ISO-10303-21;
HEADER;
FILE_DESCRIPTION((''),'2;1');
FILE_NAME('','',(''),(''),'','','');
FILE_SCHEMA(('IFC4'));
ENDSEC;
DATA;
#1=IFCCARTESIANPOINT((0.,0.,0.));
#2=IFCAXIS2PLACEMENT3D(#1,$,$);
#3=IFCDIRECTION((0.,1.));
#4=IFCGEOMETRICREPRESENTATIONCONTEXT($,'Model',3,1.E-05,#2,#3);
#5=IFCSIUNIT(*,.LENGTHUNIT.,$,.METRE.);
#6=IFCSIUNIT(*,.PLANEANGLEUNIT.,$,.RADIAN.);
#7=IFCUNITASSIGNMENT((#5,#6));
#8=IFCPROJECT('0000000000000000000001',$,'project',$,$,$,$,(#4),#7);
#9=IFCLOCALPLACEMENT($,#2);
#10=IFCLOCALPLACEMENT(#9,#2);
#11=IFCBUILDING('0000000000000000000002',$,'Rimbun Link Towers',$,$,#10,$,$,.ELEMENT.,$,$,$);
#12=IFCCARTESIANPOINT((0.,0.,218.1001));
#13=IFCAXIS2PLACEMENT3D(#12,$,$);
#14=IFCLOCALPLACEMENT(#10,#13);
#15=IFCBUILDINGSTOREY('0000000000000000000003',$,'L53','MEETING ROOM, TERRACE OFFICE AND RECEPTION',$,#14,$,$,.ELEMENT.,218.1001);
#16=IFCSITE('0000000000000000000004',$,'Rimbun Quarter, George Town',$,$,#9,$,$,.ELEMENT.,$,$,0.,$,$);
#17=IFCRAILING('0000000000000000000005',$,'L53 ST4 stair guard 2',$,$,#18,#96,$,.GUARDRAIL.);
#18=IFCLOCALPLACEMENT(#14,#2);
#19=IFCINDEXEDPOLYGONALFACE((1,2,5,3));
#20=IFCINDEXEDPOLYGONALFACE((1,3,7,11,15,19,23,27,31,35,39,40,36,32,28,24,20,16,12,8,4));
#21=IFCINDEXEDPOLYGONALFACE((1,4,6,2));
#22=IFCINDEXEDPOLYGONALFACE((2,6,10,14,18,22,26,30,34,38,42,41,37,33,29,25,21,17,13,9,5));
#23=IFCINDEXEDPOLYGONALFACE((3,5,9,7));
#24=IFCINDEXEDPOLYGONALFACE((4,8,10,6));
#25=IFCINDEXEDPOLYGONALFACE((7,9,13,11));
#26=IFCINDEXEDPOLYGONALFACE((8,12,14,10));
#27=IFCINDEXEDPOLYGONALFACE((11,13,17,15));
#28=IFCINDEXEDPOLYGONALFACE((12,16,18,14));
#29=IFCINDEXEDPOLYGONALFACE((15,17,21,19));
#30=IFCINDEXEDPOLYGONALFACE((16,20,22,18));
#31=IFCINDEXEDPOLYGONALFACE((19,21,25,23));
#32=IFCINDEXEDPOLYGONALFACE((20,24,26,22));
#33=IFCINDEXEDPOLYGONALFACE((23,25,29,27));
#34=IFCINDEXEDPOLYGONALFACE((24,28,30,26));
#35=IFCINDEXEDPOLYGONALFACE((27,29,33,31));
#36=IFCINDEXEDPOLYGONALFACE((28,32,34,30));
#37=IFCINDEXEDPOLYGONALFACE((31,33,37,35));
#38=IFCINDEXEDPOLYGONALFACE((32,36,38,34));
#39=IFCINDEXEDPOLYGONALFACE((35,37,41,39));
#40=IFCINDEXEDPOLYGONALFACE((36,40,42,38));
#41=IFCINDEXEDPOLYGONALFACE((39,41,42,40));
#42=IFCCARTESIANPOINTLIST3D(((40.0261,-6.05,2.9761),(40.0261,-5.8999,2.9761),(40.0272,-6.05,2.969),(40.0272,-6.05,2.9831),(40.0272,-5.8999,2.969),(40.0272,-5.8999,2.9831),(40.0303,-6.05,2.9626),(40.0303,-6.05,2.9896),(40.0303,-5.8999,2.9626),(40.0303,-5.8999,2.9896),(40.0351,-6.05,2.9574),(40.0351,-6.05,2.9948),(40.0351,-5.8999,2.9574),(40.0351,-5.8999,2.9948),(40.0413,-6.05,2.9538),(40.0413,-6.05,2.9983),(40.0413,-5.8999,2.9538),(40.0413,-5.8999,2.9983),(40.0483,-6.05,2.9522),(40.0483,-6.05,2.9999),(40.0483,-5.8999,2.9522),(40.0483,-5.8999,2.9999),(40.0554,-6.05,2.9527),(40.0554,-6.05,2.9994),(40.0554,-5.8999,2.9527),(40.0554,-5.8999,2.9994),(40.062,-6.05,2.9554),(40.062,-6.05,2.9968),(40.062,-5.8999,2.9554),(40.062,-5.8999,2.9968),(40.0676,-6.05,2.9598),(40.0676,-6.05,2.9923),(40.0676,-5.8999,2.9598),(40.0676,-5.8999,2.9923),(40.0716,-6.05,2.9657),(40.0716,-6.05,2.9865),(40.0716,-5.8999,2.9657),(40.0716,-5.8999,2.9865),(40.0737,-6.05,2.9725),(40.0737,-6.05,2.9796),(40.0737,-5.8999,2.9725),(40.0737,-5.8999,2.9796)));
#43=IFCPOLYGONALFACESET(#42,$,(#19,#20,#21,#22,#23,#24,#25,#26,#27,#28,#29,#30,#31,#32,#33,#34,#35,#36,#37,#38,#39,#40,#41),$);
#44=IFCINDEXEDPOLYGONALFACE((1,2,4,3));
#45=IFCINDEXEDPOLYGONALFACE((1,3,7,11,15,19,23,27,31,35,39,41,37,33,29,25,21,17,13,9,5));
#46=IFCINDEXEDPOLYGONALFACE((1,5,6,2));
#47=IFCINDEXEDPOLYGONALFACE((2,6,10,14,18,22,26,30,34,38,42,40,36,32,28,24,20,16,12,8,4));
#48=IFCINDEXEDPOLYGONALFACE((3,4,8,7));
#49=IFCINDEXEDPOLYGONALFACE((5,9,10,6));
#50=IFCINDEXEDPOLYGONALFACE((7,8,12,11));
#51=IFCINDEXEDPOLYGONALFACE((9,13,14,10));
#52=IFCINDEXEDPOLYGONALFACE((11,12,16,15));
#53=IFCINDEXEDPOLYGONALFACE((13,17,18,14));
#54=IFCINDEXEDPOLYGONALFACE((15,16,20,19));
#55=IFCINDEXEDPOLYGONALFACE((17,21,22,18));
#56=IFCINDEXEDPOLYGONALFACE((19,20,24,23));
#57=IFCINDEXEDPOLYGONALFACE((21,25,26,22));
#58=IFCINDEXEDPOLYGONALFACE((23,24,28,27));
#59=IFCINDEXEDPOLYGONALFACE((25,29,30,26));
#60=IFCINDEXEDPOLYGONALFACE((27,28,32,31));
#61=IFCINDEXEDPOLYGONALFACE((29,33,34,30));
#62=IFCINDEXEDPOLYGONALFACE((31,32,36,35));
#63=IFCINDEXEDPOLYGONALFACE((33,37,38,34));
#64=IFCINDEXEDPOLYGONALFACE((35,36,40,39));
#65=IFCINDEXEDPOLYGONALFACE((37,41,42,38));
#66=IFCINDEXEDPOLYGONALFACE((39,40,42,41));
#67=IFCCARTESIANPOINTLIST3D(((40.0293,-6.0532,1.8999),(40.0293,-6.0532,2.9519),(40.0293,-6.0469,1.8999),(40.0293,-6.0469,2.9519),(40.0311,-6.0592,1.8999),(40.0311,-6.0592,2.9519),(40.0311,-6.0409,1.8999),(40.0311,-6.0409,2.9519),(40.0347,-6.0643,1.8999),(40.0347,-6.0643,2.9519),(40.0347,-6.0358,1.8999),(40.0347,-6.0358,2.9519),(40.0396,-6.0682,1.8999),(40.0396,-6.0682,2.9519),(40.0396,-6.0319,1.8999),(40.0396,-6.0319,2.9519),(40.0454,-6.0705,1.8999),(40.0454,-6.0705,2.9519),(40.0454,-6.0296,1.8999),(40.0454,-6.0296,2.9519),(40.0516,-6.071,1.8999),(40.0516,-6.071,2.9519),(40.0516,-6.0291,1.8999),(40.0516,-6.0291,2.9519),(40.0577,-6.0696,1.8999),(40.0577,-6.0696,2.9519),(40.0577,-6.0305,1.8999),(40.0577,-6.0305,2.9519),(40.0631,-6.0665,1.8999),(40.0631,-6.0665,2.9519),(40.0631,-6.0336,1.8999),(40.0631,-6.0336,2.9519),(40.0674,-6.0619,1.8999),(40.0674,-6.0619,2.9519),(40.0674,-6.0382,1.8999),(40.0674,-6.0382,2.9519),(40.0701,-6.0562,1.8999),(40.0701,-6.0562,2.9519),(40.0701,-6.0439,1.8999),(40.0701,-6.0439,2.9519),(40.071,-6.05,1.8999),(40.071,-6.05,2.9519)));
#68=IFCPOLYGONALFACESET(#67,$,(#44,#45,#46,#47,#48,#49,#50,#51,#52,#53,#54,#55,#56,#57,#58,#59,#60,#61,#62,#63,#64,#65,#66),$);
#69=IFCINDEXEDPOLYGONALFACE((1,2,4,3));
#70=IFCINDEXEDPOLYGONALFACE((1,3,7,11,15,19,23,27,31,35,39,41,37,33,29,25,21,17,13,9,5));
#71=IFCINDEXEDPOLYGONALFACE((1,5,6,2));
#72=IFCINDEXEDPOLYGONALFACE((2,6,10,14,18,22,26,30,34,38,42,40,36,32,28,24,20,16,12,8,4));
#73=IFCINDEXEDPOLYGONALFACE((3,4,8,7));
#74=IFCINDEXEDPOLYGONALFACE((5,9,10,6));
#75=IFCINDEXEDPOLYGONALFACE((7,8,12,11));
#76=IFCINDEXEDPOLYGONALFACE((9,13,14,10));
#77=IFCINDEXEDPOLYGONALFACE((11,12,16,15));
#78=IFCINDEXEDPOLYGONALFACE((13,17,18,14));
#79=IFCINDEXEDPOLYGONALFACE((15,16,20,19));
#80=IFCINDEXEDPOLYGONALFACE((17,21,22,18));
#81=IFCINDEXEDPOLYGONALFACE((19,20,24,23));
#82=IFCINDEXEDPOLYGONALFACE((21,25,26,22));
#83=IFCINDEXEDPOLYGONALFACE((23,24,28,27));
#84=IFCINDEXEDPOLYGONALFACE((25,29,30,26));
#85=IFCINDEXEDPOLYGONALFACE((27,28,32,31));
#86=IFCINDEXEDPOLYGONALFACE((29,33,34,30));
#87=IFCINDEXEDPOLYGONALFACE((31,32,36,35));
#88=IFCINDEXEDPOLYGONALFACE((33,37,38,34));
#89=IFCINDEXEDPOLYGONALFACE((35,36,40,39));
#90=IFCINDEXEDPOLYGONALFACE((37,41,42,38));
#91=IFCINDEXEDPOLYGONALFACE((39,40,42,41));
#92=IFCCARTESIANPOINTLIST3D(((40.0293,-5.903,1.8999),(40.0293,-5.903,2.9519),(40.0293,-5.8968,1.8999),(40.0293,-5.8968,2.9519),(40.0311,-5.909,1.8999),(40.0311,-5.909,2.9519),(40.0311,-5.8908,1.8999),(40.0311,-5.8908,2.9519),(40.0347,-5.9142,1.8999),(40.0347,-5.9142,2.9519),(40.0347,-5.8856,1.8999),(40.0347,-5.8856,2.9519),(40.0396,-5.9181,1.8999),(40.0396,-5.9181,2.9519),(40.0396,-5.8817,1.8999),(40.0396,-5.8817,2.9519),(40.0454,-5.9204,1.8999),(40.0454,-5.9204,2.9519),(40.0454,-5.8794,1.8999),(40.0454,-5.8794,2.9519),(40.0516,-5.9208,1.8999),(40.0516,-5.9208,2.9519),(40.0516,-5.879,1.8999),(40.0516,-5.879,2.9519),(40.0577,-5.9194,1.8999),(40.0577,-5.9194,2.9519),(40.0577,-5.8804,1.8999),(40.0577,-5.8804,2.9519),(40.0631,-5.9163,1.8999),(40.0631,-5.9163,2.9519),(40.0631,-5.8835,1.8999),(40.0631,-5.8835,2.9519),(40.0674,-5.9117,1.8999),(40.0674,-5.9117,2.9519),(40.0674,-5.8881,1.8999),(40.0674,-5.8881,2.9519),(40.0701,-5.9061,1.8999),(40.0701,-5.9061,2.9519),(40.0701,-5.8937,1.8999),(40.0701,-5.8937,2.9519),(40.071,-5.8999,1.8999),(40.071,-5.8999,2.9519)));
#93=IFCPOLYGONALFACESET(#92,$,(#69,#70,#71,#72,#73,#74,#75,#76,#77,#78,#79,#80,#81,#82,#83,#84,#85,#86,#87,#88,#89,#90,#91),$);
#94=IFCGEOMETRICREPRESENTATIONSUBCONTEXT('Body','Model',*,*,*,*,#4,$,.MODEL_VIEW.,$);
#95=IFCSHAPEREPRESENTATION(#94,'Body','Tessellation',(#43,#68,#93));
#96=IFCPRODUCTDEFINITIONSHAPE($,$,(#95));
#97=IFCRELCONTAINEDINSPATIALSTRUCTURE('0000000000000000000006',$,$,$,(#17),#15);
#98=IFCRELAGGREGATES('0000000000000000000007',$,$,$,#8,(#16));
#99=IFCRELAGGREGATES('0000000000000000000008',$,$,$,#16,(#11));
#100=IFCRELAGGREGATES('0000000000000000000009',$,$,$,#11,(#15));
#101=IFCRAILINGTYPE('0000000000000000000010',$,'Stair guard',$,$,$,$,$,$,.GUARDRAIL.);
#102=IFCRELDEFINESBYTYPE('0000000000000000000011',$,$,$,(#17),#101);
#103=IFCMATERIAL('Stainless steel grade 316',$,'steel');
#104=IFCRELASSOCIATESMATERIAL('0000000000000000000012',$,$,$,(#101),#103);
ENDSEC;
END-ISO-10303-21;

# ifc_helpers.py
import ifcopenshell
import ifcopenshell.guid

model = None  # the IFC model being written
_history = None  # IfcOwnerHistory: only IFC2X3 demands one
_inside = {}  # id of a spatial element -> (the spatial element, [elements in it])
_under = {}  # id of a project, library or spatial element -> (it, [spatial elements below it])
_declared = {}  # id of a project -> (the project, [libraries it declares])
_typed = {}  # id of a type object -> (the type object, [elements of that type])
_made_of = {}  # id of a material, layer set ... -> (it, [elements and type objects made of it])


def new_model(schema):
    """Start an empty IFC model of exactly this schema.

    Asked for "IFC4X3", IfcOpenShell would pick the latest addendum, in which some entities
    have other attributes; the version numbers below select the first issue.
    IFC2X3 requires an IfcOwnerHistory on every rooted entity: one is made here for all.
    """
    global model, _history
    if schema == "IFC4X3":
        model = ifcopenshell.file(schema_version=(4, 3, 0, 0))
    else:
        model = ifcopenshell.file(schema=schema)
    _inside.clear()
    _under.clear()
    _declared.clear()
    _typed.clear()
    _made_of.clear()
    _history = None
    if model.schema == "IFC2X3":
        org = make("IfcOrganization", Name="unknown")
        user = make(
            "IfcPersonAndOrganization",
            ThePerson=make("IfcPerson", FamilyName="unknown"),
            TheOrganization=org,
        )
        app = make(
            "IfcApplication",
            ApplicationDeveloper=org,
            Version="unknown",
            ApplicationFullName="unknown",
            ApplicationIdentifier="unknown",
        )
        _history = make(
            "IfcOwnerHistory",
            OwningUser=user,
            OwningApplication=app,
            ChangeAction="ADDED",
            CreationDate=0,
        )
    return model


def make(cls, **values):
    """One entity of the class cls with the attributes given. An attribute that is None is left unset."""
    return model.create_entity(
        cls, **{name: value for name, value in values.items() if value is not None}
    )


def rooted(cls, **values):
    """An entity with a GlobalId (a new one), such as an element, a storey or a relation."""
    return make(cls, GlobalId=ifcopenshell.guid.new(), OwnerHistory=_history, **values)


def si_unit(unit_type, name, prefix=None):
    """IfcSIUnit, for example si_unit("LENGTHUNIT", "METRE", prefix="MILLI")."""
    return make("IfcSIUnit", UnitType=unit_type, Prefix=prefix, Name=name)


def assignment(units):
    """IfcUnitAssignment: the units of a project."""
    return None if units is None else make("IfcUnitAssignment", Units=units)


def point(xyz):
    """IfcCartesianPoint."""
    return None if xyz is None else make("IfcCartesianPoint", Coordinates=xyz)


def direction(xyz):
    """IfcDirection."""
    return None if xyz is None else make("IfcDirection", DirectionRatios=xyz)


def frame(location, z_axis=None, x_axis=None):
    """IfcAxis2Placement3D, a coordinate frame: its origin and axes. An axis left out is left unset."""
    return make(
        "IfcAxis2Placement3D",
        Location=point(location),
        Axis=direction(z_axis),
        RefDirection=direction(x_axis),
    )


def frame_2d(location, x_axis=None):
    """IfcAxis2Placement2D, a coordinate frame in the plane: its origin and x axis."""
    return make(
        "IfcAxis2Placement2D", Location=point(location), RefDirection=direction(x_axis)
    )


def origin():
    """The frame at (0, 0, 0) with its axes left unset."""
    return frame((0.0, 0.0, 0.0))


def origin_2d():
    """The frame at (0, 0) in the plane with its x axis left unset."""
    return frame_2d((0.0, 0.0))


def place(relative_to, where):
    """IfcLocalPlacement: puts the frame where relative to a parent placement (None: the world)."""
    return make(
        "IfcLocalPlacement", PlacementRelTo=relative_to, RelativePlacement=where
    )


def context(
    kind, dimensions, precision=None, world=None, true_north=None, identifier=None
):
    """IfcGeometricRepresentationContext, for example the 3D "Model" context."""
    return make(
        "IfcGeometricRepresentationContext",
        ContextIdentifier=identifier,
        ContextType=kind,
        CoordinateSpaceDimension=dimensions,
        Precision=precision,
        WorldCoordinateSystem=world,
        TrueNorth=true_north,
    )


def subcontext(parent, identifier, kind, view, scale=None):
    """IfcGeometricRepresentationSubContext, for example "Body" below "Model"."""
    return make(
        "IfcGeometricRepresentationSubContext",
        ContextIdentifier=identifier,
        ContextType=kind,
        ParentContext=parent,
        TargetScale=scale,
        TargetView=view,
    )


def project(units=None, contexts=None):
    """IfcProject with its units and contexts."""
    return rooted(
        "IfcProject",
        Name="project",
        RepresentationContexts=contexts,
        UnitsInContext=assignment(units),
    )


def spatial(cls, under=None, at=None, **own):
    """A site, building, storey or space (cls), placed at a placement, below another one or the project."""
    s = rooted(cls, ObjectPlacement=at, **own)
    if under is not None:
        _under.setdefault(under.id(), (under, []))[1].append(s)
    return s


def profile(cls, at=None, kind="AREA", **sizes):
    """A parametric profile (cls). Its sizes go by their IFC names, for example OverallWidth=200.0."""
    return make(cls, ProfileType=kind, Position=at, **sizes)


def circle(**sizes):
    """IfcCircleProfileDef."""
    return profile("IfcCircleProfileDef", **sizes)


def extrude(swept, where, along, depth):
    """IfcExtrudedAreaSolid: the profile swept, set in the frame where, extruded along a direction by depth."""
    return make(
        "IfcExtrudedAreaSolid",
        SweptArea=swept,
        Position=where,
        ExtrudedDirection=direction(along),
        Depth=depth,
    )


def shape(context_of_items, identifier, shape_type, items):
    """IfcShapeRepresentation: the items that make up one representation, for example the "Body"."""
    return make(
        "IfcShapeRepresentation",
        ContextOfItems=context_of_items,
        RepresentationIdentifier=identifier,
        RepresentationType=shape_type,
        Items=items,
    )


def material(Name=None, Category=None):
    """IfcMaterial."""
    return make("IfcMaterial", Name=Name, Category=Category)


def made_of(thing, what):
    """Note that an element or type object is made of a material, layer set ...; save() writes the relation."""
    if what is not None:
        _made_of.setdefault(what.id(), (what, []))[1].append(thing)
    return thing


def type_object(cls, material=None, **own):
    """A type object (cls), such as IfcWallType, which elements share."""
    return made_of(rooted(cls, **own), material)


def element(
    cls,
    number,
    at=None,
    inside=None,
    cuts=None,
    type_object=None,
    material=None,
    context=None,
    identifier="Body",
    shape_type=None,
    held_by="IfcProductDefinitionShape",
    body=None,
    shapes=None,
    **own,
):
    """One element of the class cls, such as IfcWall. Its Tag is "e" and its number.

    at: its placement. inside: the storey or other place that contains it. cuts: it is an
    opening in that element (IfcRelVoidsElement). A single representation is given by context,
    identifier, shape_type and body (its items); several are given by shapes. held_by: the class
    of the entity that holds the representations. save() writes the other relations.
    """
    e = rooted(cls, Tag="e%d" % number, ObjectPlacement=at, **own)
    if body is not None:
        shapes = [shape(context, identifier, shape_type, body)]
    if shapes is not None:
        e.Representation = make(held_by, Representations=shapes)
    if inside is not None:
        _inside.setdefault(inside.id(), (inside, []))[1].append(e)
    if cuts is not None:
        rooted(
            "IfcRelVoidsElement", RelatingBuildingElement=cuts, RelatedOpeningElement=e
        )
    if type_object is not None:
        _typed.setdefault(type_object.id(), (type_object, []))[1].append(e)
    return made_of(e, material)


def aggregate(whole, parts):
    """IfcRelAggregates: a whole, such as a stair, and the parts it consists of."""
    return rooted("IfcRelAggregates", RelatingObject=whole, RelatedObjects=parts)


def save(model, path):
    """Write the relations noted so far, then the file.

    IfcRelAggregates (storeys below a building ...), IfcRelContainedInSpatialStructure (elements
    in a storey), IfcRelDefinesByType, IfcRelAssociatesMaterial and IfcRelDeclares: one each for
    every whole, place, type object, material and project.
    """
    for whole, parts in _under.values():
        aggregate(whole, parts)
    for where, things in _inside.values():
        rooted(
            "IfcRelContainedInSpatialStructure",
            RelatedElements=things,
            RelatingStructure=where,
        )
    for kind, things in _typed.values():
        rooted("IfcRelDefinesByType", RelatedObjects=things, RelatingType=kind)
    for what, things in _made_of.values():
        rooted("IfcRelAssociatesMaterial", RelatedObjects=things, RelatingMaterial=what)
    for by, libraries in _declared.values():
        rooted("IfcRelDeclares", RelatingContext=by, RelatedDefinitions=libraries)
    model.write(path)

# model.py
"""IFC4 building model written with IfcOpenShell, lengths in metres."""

from ifc_helpers import new_model, si_unit, direction, frame, origin, origin_2d, place, context, subcontext, project, spatial, circle, extrude, material, type_object, element, save


model = new_model("IFC4")

# Units and contexts
model_context = context("Model", 3, precision=1e-05, world=origin(), true_north=direction((0.0, 1.0)))
body_context = subcontext(model_context, "Body", "Model", "MODEL_VIEW")
ifc_project = project(units=[si_unit("LENGTHUNIT", "METRE"), si_unit("PLANEANGLEUNIT", "RADIAN")], contexts=[model_context])

# Site, building, storey
site_placement = place(None, origin())
site = spatial("IfcSite", under=ifc_project, at=site_placement, Name="Rimbun Quarter, George Town", CompositionType="ELEMENT", RefElevation=0.0)
building_placement = place(site_placement, origin())
building = spatial("IfcBuilding", under=site, at=building_placement, Name="Rimbun Link Towers", CompositionType="ELEMENT")
storey_placement = place(building_placement, frame((0.0, 0.0, 218.1001)))
storey = spatial("IfcBuildingStorey", under=building, at=storey_placement, Name="L53", Description="MEETING ROOM, TERRACE OFFICE AND RECEPTION", CompositionType="ELEMENT", Elevation=218.1001)

# Railing
ifc_material_1 = material(Name="Stainless steel grade 316", Category="steel")
railing_type_1 = type_object("IfcRailingType", Name="Stair guard", PredefinedType="GUARDRAIL", material=ifc_material_1)
railing_1_placement = place(storey_placement, frame((40.05, -6.05, 1.8999)))
element("IfcRailing", 1, at=railing_1_placement, inside=storey, type_object=railing_type_1, Name="L53 ST4 stair guard 2", PredefinedType="GUARDRAIL", context=body_context, shape_type="SweptSolid", body=[
    extrude(circle(Radius=0.0239, at=origin_2d()), frame((0.0, 0.0, 1.0762), z_axis=(0.0, 1.0, 0.0), x_axis=(-1.0, 0.0, 0.0)), (0.0, 0.0, 1.0), 0.1501),
    extrude(circle(Radius=0.021, at=origin_2d()), origin(), (0.0, 0.0, 1.0), 1.052),
    extrude(circle(Radius=0.021, at=origin_2d()), frame((0.0, 0.1501, 0.0)), (0.0, 0.0, 1.0), 1.052),
])

save(model, "model.ifc")
